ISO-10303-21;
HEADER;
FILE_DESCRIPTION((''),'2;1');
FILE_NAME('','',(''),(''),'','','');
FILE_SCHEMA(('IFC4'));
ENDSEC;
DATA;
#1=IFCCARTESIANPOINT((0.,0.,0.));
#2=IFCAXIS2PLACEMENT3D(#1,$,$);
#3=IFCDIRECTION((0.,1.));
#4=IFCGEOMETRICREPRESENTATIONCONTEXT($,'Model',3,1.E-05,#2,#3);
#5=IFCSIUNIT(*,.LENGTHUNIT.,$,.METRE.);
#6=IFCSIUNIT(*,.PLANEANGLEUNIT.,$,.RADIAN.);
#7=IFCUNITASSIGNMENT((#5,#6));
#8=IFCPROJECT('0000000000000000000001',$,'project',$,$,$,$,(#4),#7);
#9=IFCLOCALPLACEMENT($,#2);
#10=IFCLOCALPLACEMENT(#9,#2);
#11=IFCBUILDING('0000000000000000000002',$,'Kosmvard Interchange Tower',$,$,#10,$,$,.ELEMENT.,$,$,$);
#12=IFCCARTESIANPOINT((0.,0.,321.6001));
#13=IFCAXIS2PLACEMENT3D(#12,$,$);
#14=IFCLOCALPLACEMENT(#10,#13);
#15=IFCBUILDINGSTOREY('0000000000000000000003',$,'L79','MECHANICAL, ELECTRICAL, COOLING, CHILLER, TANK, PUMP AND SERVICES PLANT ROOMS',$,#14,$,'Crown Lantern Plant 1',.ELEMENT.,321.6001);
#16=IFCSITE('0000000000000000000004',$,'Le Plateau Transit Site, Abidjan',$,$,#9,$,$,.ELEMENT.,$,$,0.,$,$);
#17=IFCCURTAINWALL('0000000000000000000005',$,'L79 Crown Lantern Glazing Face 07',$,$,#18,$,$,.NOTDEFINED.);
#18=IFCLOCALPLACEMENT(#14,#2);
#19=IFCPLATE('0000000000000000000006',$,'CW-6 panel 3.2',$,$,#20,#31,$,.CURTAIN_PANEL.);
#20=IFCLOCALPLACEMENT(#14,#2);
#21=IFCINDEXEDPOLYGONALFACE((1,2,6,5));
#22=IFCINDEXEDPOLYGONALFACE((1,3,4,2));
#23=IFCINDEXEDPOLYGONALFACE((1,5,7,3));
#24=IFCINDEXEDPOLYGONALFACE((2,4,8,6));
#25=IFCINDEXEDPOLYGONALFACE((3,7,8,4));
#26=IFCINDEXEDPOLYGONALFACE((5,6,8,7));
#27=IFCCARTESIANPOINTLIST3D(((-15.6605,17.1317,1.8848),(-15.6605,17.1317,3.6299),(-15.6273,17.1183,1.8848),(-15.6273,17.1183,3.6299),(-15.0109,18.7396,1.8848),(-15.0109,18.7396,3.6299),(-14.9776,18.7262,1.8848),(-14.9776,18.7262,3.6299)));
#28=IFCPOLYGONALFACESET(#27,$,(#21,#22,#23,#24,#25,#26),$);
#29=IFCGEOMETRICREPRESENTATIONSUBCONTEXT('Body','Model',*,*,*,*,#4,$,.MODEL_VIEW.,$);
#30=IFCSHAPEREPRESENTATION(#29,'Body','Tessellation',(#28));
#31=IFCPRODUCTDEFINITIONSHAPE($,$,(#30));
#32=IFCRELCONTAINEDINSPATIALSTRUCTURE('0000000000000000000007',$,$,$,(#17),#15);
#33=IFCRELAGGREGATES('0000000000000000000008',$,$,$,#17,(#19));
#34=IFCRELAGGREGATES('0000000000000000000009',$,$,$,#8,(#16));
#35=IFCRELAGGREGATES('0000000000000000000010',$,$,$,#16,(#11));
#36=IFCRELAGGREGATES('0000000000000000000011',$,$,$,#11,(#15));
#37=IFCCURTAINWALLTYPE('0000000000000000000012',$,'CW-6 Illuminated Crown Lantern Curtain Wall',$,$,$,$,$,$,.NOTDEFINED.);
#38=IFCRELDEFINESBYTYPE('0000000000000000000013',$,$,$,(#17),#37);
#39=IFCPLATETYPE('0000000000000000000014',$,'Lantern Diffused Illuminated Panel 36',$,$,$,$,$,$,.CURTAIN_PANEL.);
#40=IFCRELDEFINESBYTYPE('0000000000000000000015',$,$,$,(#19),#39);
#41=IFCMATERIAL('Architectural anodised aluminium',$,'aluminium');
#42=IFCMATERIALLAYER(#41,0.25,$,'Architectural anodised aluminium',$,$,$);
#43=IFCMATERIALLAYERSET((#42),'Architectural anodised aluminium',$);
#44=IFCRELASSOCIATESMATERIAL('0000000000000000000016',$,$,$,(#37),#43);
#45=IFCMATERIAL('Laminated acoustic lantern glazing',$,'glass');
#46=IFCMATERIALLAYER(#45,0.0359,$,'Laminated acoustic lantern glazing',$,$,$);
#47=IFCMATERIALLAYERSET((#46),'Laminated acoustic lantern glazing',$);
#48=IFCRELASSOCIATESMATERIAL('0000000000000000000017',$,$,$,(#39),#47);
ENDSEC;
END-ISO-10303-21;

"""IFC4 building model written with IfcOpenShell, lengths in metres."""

from ifc_helpers import new_model, si_unit, direction, frame, origin, origin_2d, place, context, subcontext, project, spatial, rectangle, extrude, source, transform, mapped, material, layer, layer_set, type_object, element, aggregate, save


model = new_model("IFC4")

# Units and contexts
model_context = context("Model", 3, precision=1e-05, world=origin(), true_north=direction((0.0, 1.0)))
body_context = subcontext(model_context, "Body", "Model", "MODEL_VIEW")
ifc_project = project(units=[si_unit("LENGTHUNIT", "METRE"), si_unit("PLANEANGLEUNIT", "RADIAN")], contexts=[model_context])

# Site, building, storey
site_placement = place(None, origin())
site = spatial("IfcSite", under=ifc_project, at=site_placement, Name="Le Plateau Transit Site, Abidjan", CompositionType="ELEMENT", RefElevation=0.0)
building_placement = place(site_placement, origin())
building = spatial("IfcBuilding", under=site, at=building_placement, Name="Kosmvard Interchange Tower", CompositionType="ELEMENT")
storey_placement = place(building_placement, frame((0.0, 0.0, 321.6001)))
storey = spatial("IfcBuildingStorey", under=building, at=storey_placement, Name="L79", Description="MECHANICAL, ELECTRICAL, COOLING, CHILLER, TANK, PUMP AND SERVICES PLANT ROOMS", LongName="Crown Lantern Plant 1", CompositionType="ELEMENT", Elevation=321.6001)

# Curtain wall, plate
ifc_material_1 = material(Name="Architectural anodised aluminium", Category="aluminium")
ifc_layer_1 = layer(ifc_material_1, 0.25, Name="Architectural anodised aluminium")
ifc_layer_set_1 = layer_set([ifc_layer_1], Name="Architectural anodised aluminium")
curtain_wall_type = type_object("IfcCurtainWallType", Name="CW-6 Illuminated Crown Lantern Curtain Wall", PredefinedType="NOTDEFINED", material=ifc_layer_set_1)
curtain_wall_placement = place(storey_placement, origin())
curtain_wall = element("IfcCurtainWall", 1, at=curtain_wall_placement, inside=storey, type_object=curtain_wall_type, Name="L79 Crown Lantern Glazing Face 07", PredefinedType="NOTDEFINED")
ifc_material_2 = material(Name="Laminated acoustic lantern glazing", Category="glass")
ifc_layer_2 = layer(ifc_material_2, 0.0359, Name="Laminated acoustic lantern glazing")
ifc_layer_set_2 = layer_set([ifc_layer_2], Name="Laminated acoustic lantern glazing")
plate_type = type_object("IfcPlateType", Name="Lantern Diffused Illuminated Panel 36", PredefinedType="CURTAIN_PANEL", material=ifc_layer_set_2)
shared_shape_1 = source(origin(), body_context, "Body", "SweptSolid", [
    extrude(rectangle(XDim=1.7341, YDim=0.0359, at=origin_2d()), origin(), (0.0, 0.0, 1.0), 1.7451),
])
plate_1_placement = place(storey_placement, frame((-15.3191, 17.929, 1.8848), z_axis=(0.0, 0.0, 1.0), x_axis=(-0.374607, -0.927184, 0.0)))
plate_1 = element("IfcPlate", 2, at=plate_1_placement, type_object=plate_type, Name="CW-6 panel 3.2", PredefinedType="CURTAIN_PANEL", context=body_context, shape_type="MappedRepresentation", body=[
    mapped(shared_shape_1, transform((0.0, 0.0, 0.0), scale=1.0)),
])
aggregate(curtain_wall, [plate_1])

save(model, "model.ifc")
